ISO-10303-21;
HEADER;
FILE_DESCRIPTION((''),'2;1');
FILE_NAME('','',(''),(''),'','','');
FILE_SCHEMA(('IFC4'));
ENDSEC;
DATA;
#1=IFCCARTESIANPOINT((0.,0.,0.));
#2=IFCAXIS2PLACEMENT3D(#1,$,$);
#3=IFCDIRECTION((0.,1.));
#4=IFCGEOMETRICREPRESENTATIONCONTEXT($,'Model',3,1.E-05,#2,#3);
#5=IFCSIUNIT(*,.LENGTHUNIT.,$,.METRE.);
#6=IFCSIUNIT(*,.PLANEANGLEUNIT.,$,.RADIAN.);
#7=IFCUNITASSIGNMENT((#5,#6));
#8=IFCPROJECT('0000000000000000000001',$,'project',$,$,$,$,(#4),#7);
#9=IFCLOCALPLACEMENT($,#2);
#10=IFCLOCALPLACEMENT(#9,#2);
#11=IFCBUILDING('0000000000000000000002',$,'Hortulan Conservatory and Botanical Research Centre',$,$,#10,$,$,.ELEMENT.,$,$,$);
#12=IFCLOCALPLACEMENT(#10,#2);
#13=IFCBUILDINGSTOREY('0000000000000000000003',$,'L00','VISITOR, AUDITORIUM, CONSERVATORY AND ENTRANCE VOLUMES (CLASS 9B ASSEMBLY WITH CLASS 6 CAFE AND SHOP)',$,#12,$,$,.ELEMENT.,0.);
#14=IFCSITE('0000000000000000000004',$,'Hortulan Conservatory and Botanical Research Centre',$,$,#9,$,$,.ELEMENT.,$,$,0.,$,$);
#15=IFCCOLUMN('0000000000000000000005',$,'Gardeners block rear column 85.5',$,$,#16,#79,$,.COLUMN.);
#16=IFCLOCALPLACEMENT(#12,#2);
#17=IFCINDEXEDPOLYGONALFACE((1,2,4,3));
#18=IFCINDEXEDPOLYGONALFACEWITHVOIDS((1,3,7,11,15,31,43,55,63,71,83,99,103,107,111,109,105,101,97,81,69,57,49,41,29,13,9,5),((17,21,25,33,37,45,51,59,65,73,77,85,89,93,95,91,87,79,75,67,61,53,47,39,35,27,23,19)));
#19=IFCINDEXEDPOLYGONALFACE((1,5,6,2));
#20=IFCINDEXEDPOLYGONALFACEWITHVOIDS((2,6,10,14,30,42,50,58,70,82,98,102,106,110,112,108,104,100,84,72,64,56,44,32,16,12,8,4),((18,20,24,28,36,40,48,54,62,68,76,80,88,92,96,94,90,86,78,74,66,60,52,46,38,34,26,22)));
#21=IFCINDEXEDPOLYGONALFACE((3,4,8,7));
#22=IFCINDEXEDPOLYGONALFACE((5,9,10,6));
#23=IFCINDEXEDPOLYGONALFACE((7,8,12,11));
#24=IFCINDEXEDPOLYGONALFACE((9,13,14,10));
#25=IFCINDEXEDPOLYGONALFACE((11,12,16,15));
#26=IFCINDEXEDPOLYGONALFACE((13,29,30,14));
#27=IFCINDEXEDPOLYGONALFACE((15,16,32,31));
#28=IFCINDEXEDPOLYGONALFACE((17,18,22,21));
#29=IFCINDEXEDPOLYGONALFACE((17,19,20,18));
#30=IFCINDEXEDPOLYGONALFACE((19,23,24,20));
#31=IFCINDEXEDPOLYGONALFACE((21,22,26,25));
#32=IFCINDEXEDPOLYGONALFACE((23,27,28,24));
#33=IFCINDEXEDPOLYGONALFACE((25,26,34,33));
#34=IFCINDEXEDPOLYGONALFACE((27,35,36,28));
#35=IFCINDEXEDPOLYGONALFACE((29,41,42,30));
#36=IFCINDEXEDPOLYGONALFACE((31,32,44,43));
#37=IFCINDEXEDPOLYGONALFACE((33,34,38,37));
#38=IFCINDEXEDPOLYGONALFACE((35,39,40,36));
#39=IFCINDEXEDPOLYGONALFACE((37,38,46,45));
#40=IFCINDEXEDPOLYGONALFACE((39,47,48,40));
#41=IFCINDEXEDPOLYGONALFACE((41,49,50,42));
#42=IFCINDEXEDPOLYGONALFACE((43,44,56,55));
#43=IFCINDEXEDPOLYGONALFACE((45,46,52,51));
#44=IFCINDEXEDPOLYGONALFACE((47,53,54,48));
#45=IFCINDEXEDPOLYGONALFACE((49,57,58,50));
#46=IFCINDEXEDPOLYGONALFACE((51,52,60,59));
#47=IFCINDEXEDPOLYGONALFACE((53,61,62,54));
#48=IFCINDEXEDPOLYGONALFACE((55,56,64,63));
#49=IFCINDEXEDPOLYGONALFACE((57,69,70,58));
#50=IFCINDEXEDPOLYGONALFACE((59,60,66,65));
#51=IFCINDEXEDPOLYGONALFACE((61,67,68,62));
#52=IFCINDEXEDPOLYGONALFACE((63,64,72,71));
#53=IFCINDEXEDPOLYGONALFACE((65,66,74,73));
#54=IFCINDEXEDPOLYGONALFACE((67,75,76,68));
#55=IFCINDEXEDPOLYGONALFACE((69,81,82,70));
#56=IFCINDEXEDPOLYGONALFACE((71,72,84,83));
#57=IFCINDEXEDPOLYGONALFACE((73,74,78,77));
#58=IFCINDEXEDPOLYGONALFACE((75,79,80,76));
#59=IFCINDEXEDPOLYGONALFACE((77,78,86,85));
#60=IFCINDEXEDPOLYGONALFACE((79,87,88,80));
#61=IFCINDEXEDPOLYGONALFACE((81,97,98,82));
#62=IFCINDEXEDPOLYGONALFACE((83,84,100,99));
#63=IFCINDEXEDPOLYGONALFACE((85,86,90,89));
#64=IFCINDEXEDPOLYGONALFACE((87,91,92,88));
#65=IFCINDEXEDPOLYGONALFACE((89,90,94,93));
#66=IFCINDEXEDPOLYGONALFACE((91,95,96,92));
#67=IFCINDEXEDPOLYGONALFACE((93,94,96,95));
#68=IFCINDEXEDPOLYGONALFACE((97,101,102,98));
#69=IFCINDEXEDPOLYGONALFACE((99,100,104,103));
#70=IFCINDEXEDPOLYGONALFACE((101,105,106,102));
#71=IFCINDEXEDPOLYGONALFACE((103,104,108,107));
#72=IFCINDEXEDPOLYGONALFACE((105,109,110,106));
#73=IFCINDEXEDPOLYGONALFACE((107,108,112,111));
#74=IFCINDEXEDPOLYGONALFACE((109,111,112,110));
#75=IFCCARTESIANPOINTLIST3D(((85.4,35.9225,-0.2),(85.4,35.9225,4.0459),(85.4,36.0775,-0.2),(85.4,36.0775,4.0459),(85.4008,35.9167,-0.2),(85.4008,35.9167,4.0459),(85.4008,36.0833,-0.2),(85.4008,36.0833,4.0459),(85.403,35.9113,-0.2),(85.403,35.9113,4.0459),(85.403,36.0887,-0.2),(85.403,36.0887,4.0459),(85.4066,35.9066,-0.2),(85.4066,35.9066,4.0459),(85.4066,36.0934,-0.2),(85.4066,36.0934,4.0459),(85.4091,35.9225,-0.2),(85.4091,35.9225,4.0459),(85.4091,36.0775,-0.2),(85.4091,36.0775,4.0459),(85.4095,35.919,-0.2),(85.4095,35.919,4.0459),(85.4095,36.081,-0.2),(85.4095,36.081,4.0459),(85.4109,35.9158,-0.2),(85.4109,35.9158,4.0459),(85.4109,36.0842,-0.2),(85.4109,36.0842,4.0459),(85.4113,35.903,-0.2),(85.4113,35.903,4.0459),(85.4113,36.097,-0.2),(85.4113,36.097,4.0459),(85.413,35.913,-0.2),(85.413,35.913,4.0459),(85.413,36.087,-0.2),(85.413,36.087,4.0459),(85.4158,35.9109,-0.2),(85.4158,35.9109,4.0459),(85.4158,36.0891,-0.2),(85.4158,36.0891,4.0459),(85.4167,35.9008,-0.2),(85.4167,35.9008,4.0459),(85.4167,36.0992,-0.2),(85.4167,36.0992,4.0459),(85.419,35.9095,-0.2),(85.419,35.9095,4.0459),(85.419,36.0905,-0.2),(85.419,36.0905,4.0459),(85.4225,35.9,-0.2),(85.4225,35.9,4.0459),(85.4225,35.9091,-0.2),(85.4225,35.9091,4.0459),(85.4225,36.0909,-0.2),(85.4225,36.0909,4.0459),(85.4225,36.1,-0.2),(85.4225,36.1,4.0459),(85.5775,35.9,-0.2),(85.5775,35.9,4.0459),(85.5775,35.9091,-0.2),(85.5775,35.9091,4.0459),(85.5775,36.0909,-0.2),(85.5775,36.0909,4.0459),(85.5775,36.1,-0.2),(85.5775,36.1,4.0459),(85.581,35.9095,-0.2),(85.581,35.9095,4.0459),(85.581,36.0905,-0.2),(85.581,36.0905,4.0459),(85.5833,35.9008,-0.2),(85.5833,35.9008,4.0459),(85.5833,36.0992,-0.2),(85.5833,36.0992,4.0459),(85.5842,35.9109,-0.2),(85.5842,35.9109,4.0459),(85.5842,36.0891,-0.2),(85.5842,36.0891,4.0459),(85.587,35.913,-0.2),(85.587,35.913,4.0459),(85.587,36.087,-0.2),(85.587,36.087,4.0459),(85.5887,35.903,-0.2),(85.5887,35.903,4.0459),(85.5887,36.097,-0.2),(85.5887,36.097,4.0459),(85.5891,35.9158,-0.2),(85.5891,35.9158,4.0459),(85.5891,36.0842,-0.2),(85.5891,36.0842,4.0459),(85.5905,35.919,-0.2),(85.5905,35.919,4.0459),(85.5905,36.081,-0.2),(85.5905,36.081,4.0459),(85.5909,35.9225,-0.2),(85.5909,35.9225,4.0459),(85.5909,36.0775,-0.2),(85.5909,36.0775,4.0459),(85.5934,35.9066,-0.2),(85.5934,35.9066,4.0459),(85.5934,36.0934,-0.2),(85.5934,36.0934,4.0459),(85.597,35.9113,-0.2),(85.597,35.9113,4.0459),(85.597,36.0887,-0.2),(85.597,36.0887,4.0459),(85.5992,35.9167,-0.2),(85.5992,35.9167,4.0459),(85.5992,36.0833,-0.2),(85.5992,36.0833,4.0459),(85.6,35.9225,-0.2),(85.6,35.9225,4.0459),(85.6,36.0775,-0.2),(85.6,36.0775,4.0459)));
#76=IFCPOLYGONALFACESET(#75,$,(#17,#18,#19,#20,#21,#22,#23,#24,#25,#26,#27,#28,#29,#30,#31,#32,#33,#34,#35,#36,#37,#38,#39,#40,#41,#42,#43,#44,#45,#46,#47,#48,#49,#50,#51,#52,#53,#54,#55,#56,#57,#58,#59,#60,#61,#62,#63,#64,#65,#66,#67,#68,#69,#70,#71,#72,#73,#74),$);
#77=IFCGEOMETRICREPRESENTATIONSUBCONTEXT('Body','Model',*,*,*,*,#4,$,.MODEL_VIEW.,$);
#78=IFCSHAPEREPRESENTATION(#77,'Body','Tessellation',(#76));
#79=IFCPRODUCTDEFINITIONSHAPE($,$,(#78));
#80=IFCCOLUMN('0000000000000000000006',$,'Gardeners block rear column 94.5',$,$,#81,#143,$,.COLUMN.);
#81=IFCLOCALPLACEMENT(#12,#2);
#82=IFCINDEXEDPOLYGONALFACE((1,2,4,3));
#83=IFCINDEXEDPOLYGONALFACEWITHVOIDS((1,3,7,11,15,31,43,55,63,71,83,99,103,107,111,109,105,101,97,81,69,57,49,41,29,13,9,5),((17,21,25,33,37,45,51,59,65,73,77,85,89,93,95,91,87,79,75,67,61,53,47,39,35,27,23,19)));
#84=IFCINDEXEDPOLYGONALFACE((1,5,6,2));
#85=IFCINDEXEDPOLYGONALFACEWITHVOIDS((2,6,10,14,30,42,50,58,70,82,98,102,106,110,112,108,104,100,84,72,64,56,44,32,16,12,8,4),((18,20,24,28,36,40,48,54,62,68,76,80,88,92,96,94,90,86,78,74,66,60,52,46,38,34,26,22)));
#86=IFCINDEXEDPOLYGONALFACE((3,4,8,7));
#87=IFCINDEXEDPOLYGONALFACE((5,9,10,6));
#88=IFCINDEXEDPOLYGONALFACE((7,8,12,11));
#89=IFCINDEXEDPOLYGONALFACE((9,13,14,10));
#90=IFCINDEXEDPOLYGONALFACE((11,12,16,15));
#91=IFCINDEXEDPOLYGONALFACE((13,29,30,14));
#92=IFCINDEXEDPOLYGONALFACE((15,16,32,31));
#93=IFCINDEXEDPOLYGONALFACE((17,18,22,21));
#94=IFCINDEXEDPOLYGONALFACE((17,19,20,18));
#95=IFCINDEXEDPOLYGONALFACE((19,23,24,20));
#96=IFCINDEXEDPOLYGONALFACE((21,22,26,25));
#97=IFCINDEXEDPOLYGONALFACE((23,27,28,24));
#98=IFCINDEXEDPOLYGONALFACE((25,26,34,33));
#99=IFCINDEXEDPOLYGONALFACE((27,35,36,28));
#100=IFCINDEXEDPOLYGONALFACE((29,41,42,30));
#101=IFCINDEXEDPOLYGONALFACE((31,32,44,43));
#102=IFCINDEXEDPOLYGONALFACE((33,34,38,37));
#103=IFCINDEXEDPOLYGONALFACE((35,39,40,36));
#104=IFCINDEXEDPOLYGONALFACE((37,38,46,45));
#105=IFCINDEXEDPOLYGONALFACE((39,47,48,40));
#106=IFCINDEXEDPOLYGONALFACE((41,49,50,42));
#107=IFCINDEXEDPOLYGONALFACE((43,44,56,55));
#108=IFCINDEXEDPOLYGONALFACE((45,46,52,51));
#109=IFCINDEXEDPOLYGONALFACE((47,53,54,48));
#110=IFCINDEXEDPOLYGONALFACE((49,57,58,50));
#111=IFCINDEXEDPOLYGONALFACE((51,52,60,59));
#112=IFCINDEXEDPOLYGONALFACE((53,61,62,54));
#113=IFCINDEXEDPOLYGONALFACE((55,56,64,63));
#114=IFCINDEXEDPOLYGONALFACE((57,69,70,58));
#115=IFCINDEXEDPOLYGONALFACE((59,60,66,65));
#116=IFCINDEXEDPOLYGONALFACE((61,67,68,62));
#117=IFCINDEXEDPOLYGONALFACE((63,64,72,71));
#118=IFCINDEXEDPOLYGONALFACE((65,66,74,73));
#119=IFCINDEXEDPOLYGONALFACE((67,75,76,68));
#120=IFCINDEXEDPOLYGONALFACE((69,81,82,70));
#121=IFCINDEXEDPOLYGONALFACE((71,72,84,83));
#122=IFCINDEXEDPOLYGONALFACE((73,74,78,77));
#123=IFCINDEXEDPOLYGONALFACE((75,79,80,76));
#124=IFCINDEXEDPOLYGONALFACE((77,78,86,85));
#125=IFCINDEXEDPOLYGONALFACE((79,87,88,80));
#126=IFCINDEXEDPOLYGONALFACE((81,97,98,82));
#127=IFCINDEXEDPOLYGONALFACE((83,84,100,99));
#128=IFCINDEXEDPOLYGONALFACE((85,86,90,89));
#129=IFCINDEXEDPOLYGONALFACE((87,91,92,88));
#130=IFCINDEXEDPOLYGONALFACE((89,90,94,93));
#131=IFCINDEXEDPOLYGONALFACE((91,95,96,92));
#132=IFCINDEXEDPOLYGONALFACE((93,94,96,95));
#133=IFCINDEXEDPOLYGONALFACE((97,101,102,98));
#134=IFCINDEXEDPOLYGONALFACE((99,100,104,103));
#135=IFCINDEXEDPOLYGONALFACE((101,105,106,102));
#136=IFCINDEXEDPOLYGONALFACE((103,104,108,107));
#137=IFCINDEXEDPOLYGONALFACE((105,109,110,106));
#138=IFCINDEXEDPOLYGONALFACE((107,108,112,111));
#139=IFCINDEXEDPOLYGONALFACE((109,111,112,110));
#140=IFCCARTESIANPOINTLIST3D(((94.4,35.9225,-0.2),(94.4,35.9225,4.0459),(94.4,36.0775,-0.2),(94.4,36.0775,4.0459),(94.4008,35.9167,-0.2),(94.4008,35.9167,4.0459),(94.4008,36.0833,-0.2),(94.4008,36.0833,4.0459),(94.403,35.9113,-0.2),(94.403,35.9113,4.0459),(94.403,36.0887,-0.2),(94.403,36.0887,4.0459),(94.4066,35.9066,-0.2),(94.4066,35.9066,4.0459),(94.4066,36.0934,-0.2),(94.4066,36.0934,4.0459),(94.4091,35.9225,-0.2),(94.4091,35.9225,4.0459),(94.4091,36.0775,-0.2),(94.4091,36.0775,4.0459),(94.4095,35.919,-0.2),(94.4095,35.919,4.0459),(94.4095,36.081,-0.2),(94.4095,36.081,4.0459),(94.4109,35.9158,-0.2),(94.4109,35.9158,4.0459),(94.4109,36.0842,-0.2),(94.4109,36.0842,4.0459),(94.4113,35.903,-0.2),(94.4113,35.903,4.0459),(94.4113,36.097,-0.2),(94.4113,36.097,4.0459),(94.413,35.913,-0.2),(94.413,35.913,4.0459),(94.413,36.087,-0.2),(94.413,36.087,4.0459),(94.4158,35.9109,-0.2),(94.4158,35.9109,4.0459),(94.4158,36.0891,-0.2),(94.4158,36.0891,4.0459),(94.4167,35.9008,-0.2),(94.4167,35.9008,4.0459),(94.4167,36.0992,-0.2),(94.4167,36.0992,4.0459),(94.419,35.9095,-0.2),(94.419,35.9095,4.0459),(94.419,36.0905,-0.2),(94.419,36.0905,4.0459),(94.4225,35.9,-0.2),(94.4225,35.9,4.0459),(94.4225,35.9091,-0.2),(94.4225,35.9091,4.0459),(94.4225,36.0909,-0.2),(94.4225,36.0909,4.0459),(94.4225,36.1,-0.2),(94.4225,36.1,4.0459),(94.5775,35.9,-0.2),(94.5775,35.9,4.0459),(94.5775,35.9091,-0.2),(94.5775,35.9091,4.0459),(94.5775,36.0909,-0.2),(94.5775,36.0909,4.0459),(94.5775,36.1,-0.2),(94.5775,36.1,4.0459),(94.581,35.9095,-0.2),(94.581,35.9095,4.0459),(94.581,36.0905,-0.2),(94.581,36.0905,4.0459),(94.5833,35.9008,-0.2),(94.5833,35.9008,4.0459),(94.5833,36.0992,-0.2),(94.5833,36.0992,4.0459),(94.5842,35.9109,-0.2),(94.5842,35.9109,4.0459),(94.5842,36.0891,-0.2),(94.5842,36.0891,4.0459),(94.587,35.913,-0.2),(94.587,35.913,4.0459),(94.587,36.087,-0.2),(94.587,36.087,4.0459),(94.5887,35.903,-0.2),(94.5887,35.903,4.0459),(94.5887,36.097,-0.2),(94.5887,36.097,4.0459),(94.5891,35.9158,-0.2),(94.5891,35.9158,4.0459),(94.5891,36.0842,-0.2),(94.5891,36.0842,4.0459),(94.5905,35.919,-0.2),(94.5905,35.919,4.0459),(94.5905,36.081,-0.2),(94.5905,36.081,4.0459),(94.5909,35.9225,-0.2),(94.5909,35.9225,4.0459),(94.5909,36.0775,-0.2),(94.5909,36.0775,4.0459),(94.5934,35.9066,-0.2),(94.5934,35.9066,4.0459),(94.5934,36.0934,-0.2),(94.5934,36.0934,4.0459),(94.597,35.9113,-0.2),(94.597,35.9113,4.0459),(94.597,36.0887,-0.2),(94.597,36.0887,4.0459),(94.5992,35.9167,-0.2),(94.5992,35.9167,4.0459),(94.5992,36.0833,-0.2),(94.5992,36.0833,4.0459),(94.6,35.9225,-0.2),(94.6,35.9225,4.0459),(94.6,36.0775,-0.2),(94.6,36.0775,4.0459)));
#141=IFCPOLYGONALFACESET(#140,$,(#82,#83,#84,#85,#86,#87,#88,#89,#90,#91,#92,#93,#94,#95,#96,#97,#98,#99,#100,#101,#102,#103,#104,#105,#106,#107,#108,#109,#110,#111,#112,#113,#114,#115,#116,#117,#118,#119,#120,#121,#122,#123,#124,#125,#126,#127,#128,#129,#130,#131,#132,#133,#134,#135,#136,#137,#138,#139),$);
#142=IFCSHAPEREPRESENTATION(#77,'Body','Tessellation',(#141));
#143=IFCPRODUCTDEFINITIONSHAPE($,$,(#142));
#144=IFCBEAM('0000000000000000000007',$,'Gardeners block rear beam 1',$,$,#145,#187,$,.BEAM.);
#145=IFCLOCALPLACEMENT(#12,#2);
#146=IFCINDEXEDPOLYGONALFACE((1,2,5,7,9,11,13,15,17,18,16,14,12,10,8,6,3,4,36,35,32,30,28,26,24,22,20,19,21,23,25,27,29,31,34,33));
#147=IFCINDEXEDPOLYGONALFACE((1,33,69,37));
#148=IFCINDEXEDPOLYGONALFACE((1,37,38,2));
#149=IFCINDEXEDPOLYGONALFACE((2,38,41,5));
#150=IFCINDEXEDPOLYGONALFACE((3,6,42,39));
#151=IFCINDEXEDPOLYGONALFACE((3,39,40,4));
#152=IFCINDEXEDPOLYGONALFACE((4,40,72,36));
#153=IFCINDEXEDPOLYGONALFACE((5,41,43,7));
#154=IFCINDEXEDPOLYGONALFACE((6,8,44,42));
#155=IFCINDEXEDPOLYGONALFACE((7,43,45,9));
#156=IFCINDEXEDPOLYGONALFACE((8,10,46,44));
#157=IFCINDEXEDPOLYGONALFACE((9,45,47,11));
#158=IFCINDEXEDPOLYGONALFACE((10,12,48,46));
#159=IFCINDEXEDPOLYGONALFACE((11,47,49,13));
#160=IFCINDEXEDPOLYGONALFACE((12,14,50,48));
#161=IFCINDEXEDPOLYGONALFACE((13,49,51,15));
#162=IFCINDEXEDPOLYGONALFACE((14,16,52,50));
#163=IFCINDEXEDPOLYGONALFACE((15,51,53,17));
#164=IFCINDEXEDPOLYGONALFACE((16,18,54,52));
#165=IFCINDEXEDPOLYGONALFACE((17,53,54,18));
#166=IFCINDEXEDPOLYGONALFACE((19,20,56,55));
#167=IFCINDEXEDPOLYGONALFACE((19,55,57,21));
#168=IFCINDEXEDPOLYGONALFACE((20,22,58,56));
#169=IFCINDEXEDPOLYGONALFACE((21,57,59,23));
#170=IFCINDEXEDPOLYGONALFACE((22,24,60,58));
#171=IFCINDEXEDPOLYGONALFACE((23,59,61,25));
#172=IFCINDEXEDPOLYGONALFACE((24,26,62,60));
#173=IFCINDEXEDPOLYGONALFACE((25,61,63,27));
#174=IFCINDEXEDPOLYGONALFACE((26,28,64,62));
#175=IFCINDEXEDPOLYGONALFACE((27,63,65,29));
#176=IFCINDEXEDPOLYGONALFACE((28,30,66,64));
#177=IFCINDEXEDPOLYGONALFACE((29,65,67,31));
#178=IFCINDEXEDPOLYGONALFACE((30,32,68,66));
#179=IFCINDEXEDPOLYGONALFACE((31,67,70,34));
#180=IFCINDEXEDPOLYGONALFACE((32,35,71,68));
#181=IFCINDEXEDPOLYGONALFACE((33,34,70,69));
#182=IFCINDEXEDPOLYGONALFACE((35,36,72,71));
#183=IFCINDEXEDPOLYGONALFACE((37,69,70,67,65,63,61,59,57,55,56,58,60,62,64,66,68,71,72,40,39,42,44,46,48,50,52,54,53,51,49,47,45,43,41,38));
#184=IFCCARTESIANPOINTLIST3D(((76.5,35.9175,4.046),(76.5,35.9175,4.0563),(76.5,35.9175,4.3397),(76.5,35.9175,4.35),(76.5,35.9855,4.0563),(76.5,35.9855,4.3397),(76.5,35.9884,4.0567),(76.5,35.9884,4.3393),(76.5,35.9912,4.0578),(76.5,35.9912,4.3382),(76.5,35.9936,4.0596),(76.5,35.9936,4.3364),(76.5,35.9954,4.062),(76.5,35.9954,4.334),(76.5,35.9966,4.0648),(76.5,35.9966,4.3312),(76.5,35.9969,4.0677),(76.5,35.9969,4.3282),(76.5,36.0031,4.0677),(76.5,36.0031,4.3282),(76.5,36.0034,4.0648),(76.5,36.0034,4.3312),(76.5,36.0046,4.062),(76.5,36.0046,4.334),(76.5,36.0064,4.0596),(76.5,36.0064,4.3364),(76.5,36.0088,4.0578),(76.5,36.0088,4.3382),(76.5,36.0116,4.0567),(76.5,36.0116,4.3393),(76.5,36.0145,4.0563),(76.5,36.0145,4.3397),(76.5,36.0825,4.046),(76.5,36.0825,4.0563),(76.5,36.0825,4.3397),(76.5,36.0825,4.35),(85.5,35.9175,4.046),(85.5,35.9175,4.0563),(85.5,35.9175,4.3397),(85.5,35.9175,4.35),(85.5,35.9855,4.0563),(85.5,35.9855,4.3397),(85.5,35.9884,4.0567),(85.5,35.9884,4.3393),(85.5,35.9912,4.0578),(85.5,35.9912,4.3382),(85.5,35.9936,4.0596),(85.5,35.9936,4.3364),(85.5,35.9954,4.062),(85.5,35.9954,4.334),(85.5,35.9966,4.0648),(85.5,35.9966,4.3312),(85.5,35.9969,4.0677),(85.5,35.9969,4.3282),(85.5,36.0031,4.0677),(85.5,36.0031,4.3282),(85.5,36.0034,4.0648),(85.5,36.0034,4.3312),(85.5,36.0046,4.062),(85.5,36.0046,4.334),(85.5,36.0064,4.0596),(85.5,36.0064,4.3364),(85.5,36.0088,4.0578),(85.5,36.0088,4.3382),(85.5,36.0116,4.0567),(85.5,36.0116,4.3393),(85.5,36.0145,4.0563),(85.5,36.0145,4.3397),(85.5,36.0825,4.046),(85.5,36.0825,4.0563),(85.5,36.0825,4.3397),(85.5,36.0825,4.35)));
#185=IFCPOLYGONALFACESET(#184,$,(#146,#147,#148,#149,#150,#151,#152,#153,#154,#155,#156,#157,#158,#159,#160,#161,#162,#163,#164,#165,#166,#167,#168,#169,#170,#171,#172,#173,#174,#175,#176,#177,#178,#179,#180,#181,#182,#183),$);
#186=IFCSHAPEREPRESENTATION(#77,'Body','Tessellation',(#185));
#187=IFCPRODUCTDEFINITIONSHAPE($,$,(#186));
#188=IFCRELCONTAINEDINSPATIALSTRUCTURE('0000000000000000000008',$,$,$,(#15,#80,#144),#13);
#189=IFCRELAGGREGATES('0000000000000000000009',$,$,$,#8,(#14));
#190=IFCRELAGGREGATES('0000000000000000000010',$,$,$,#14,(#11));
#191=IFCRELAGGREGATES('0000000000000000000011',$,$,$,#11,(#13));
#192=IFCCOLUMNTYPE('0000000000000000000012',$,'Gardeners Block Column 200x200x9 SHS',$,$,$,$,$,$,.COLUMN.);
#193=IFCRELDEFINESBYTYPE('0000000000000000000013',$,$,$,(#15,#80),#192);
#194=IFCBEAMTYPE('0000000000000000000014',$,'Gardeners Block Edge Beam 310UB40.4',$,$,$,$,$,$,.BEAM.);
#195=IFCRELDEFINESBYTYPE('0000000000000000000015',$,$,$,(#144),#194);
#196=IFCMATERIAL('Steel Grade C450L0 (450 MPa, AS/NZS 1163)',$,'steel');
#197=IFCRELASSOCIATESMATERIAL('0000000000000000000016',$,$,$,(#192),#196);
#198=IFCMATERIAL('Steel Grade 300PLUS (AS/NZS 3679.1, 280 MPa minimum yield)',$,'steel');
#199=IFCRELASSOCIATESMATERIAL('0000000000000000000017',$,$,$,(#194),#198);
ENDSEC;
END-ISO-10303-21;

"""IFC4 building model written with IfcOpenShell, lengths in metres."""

from ifc_helpers import new_model, si_unit, direction, frame, origin, origin_2d, place, context, subcontext, project, spatial, hollow_rectangle, i_section, extrude, material, material_profile, profile_set, type_object, element, save


model = new_model("IFC4")

# Units and contexts
model_context = context("Model", 3, precision=1e-05, world=origin(), true_north=direction((0.0, 1.0)))
body_context = subcontext(model_context, "Body", "Model", "MODEL_VIEW")
ifc_project = project(units=[si_unit("LENGTHUNIT", "METRE"), si_unit("PLANEANGLEUNIT", "RADIAN")], contexts=[model_context])

# Site, building, storey
site_placement = place(None, origin())
site = spatial("IfcSite", under=ifc_project, at=site_placement, Name="Hortulan Conservatory and Botanical Research Centre", CompositionType="ELEMENT", RefElevation=0.0)
building_placement = place(site_placement, origin())
building = spatial("IfcBuilding", under=site, at=building_placement, Name="Hortulan Conservatory and Botanical Research Centre", CompositionType="ELEMENT")
storey_placement = place(building_placement, origin())
storey = spatial("IfcBuildingStorey", under=building, at=storey_placement, Name="L00", Description="VISITOR, AUDITORIUM, CONSERVATORY AND ENTRANCE VOLUMES (CLASS 9B ASSEMBLY WITH CLASS 6 CAFE AND SHOP)", CompositionType="ELEMENT", Elevation=0.0)

# Columns
ifc_material_1 = material(Name="Steel Grade 300PLUS (AS/NZS 3679.1, 280 MPa minimum yield)", Category="steel")
ifc_material_2 = material(Name="Steel Grade C450L0 (450 MPa, AS/NZS 1163)", Category="steel")
ifc_material_profile_1 = material_profile(ifc_material_2, hollow_rectangle(XDim=0.2, YDim=0.2, WallThickness=0.009, InnerFilletRadius=0.0134, OuterFilletRadius=0.0225, at=origin_2d()), Name="200x200x9SHS")
ifc_profile_set_1 = profile_set([ifc_material_profile_1], Name="Steel Grade C450L0 (450 MPa, AS/NZS 1163)")
column_type_1 = type_object("IfcColumnType", Name="Gardeners Block Column 200x200x9 SHS", PredefinedType="COLUMN", material=ifc_profile_set_1)
for number, where, z_axis, x_axis, name in (
    (1, (85.5, 36.0, -0.2), (0.0, 0.0, 1.0), (1.0, 0.0, 0.0), "Gardeners block rear column 85.5"),
    (2, (94.5, 36.0, -0.2), (0.0, 0.0, 1.0), (1.0, 0.0, 0.0), "Gardeners block rear column 94.5"),
):
    element("IfcColumn", number, at=place(storey_placement, frame(where, z_axis=z_axis, x_axis=x_axis)), inside=storey, type_object=column_type_1, Name=name, PredefinedType="COLUMN", context=body_context, shape_type="SweptSolid", body=[
        extrude(hollow_rectangle(XDim=0.2, YDim=0.2, WallThickness=0.009, InnerFilletRadius=0.0134, OuterFilletRadius=0.0225, at=origin_2d()), origin(), (0.0, 0.0, 1.0), 4.2458),
    ])

# Beam
ifc_material_profile_2 = material_profile(ifc_material_1, i_section(OverallWidth=0.165, OverallDepth=0.304, WebThickness=0.0061, FlangeThickness=0.0103, FilletRadius=0.0115, at=origin_2d()), Name="310UB40.4")
ifc_profile_set_2 = profile_set([ifc_material_profile_2], Name="Steel Grade 300PLUS (AS/NZS 3679.1, 280 MPa minimum yield)")
beam_type_1 = type_object("IfcBeamType", Name="Gardeners Block Edge Beam 310UB40.4", PredefinedType="BEAM", material=ifc_profile_set_2)
for number, where, z_axis, x_axis, name in (
    (3, (76.5, 36.0, 4.198), (1.0, 0.0, 0.0), (0.0, 1.0, 0.0), "Gardeners block rear beam 1"),
):
    element("IfcBeam", number, at=place(storey_placement, frame(where, z_axis=z_axis, x_axis=x_axis)), inside=storey, type_object=beam_type_1, Name=name, PredefinedType="BEAM", context=body_context, shape_type="SweptSolid", body=[
        extrude(i_section(OverallWidth=0.165, OverallDepth=0.304, WebThickness=0.0061, FlangeThickness=0.0103, FilletRadius=0.0115, at=origin_2d()), origin(), (0.0, 0.0, 1.0), 9.0),
    ])

save(model, "model.ifc")
